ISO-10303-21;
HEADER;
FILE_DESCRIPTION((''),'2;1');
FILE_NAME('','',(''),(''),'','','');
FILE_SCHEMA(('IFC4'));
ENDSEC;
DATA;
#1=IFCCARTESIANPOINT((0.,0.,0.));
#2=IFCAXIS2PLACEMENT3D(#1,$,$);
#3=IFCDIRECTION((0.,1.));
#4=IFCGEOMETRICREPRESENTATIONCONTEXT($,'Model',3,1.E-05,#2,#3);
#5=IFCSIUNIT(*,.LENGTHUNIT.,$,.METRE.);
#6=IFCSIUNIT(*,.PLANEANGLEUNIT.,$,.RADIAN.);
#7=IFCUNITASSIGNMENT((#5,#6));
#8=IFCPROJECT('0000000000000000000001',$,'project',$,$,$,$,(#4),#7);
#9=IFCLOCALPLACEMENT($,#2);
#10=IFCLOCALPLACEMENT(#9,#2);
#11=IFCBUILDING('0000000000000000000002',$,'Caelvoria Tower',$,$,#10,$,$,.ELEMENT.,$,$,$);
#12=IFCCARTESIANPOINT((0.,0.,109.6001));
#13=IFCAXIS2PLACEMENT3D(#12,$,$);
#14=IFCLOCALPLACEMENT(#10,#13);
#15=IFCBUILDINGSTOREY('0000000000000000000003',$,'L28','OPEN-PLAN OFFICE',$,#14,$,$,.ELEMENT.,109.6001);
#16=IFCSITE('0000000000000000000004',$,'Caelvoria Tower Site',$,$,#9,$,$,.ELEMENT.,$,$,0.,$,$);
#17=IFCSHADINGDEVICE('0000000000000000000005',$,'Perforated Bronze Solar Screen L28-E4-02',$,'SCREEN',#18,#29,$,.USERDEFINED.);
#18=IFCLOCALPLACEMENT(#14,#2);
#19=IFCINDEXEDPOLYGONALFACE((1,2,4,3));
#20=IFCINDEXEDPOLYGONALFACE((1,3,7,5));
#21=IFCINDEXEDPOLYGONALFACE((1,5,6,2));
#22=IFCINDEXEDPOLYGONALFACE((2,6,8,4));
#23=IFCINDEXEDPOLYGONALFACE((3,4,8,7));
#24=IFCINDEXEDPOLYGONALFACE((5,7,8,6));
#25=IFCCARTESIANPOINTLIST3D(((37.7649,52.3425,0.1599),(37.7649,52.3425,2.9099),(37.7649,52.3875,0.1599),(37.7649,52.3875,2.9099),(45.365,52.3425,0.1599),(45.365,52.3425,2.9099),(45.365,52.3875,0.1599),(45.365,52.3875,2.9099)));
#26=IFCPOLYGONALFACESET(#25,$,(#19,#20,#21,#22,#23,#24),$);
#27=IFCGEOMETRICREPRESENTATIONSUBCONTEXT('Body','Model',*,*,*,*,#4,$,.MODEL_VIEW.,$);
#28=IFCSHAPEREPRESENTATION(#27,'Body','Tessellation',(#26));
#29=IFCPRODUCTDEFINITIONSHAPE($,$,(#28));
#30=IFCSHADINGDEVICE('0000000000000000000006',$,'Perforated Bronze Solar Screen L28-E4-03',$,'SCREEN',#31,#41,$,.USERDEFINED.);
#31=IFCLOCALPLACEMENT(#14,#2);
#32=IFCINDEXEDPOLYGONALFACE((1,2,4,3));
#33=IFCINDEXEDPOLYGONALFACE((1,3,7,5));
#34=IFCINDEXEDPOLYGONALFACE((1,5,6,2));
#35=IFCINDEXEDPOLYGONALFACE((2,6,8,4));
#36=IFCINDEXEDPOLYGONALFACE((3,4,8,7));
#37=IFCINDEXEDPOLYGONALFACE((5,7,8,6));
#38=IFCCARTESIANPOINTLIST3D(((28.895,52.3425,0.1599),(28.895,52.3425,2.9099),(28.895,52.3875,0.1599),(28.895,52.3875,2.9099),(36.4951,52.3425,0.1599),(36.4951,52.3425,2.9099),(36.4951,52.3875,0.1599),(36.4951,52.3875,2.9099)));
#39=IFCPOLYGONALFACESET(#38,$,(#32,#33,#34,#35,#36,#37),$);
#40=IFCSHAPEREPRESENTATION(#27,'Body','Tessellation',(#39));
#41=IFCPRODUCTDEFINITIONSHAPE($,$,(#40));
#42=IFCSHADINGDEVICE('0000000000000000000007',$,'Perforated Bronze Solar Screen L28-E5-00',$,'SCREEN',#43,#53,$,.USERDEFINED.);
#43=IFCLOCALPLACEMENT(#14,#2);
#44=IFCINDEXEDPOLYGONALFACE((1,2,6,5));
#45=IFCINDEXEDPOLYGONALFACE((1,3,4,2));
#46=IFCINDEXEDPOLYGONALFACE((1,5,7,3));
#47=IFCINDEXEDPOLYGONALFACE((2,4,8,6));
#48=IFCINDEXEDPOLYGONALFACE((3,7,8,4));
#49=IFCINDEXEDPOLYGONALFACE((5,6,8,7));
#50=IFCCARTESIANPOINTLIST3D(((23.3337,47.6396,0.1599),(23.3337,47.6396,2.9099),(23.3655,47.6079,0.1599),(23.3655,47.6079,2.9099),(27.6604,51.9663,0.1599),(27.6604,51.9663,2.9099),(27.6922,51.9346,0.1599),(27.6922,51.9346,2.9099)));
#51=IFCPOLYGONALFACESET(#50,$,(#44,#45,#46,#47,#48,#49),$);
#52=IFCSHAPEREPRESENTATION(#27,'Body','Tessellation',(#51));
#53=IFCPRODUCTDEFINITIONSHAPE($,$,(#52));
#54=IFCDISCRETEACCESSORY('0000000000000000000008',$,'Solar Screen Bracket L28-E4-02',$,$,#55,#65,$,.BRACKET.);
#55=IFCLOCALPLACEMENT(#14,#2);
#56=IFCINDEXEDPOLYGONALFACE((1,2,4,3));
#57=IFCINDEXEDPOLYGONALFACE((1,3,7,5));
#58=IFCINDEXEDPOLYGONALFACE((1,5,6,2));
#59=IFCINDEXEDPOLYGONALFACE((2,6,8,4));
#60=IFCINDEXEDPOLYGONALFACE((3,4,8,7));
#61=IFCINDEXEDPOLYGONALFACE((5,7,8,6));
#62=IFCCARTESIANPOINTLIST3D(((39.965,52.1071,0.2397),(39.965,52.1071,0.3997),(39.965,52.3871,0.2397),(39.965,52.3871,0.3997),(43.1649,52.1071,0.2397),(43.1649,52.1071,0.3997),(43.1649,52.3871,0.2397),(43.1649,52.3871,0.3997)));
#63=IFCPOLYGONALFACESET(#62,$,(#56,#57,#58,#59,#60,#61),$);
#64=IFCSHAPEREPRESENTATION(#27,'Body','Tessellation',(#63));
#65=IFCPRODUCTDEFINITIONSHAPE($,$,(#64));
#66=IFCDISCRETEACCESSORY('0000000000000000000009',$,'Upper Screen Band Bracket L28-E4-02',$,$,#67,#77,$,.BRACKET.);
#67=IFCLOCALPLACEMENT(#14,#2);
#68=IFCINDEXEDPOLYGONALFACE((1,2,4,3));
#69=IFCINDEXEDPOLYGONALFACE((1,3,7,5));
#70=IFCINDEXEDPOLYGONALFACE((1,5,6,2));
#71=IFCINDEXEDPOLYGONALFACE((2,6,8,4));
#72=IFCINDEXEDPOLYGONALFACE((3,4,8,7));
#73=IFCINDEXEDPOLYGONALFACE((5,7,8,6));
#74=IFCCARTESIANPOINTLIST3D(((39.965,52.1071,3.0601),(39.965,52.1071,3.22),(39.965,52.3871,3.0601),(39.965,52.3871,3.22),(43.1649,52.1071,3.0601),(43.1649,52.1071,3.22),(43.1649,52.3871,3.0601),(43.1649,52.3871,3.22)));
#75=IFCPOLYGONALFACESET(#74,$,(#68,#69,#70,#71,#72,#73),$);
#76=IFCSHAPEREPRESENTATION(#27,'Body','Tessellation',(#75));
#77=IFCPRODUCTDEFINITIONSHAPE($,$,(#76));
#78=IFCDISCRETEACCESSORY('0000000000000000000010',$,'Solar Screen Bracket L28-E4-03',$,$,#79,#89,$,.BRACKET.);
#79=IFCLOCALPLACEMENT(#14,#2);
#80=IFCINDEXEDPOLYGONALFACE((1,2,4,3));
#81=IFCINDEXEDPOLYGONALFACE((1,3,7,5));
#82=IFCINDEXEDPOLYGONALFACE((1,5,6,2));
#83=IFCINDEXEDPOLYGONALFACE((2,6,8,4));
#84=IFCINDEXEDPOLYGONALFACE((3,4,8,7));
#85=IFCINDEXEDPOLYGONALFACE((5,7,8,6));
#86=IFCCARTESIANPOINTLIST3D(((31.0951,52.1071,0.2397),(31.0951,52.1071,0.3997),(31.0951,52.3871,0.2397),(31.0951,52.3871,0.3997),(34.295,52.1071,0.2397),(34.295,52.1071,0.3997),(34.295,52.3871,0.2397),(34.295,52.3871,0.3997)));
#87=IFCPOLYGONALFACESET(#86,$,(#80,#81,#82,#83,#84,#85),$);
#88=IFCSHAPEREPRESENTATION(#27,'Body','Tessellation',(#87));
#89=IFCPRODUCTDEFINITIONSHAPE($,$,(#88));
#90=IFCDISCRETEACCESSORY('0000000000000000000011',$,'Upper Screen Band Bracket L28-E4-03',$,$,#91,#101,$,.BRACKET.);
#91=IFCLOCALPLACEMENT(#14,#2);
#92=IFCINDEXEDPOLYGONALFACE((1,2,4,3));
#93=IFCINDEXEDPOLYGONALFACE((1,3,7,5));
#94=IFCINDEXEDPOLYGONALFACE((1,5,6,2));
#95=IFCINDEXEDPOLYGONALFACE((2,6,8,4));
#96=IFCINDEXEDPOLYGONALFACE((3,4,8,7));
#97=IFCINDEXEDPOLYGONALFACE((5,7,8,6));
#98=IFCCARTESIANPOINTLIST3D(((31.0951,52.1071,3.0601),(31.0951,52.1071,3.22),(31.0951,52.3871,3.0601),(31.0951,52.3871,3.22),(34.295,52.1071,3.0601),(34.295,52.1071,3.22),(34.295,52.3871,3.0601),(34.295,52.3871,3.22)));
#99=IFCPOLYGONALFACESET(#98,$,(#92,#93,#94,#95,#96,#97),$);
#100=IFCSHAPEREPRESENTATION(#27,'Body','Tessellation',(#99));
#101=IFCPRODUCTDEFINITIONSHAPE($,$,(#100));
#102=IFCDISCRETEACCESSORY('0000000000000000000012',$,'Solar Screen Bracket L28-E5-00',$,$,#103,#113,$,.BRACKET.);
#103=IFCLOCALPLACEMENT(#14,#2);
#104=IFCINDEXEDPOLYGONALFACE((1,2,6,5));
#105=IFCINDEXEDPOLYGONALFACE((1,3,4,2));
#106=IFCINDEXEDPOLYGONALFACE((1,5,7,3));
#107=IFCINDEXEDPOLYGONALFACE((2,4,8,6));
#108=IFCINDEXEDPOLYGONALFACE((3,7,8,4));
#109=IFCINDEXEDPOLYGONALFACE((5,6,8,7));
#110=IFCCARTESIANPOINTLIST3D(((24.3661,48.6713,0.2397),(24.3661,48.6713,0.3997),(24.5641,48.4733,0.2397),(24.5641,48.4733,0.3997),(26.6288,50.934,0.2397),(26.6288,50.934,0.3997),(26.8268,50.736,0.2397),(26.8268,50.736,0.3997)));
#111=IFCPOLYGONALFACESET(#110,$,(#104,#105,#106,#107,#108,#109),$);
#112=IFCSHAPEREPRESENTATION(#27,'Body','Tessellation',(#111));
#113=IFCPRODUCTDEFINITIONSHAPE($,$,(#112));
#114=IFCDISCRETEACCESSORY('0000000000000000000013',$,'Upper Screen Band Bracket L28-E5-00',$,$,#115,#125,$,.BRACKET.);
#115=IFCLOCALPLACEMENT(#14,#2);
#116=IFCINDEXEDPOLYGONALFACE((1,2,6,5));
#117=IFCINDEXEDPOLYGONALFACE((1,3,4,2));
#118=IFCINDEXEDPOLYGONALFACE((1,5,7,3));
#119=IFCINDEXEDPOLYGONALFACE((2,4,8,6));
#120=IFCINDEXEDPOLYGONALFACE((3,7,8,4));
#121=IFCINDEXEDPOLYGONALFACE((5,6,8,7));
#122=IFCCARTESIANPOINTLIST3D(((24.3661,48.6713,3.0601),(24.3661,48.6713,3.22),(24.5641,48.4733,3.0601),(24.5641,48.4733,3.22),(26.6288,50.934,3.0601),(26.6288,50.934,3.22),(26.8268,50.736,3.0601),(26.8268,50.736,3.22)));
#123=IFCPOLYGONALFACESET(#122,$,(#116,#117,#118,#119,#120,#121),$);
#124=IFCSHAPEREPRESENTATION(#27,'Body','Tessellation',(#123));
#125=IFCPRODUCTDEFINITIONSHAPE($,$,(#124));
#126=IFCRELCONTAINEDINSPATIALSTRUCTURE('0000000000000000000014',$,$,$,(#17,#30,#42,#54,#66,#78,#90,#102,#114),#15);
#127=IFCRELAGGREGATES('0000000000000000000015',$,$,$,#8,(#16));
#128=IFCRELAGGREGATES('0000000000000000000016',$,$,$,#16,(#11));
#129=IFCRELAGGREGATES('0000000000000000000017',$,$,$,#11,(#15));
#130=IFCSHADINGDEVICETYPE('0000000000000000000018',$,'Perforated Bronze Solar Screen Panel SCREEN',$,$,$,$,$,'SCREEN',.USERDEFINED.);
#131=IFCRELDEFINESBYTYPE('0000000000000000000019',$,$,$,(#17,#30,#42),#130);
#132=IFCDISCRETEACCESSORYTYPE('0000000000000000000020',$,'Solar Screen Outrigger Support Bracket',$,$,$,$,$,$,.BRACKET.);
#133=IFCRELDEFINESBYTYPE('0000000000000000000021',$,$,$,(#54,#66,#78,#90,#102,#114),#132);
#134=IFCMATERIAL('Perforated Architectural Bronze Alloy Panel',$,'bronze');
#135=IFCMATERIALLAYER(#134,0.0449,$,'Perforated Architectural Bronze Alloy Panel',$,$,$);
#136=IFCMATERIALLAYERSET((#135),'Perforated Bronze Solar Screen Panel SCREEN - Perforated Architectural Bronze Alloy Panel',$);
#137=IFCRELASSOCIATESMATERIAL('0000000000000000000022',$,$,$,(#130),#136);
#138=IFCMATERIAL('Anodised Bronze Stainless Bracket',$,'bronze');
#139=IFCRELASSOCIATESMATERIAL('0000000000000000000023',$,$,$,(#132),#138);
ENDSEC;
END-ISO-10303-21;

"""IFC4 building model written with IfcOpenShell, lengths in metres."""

from ifc_helpers import new_model, si_unit, direction, frame, origin, origin_2d, place, context, subcontext, project, spatial, rectangle, extrude, material, layer, layer_set, type_object, element, save


model = new_model("IFC4")

# Units and contexts
model_context = context("Model", 3, precision=1e-05, world=origin(), true_north=direction((0.0, 1.0)))
body_context = subcontext(model_context, "Body", "Model", "MODEL_VIEW")
ifc_project = project(units=[si_unit("LENGTHUNIT", "METRE"), si_unit("PLANEANGLEUNIT", "RADIAN")], contexts=[model_context])

# Site, building, storey
site_placement = place(None, origin())
site = spatial("IfcSite", under=ifc_project, at=site_placement, Name="Caelvoria Tower Site", CompositionType="ELEMENT", RefElevation=0.0)
building_placement = place(site_placement, origin())
building = spatial("IfcBuilding", under=site, at=building_placement, Name="Caelvoria Tower", CompositionType="ELEMENT")
storey_placement = place(building_placement, frame((0.0, 0.0, 109.6001)))
storey = spatial("IfcBuildingStorey", under=building, at=storey_placement, Name="L28", Description="OPEN-PLAN OFFICE", CompositionType="ELEMENT", Elevation=109.6001)

# Shading devices
ifc_material_1 = material(Name="Perforated Architectural Bronze Alloy Panel", Category="bronze")
ifc_layer_1 = layer(ifc_material_1, 0.0449, Name="Perforated Architectural Bronze Alloy Panel")
ifc_layer_set_1 = layer_set([ifc_layer_1], Name="Perforated Bronze Solar Screen Panel SCREEN - Perforated Architectural Bronze Alloy Panel")
shading_device_type = type_object("IfcShadingDeviceType", Name="Perforated Bronze Solar Screen Panel SCREEN", ElementType="SCREEN", PredefinedType="USERDEFINED", material=ifc_layer_set_1)
for number, where, z_axis, x_axis, name in (
    (1, (41.5649, 52.365, 0.1599), (0.0, 0.0, 1.0), (-1.0, 0.0, 0.0), "Perforated Bronze Solar Screen L28-E4-02"),
    (2, (32.6951, 52.365, 0.1599), (0.0, 0.0, 1.0), (-1.0, 0.0, 0.0), "Perforated Bronze Solar Screen L28-E4-03"),
):
    element("IfcShadingDevice", number, at=place(storey_placement, frame(where, z_axis=z_axis, x_axis=x_axis)), inside=storey, type_object=shading_device_type, Name=name, ObjectType="SCREEN", PredefinedType="USERDEFINED", context=body_context, shape_type="SweptSolid", body=[
        extrude(rectangle(XDim=7.6001, YDim=0.0449, at=origin_2d()), origin(), (0.0, 0.0, 1.0), 2.75),
    ])
shading_device_placement = place(storey_placement, frame((25.5129, 49.7871, 0.1599), z_axis=(0.0, 0.0, 1.0), x_axis=(-0.707107, -0.707107, 0.0)))
element("IfcShadingDevice", 3, at=shading_device_placement, inside=storey, type_object=shading_device_type, Name="Perforated Bronze Solar Screen L28-E5-00", ObjectType="SCREEN", PredefinedType="USERDEFINED", context=body_context, shape_type="SweptSolid", body=[
    extrude(rectangle(XDim=6.1189, YDim=0.0449, at=origin_2d()), origin(), (0.0, 0.0, 1.0), 2.75),
])

# Discrete accessories
ifc_material_2 = material(Name="Anodised Bronze Stainless Bracket", Category="bronze")
discrete_accessory_type = type_object("IfcDiscreteAccessoryType", Name="Solar Screen Outrigger Support Bracket", PredefinedType="BRACKET", material=ifc_material_2)
for number, where, z_axis, x_axis, name in (
    (4, (41.5649, 52.2471, 0.2397), (0.0, 0.0, 1.0), (-1.0, 0.0, 0.0), "Solar Screen Bracket L28-E4-02"),
    (5, (41.5649, 52.2471, 3.0601), (0.0, 0.0, 1.0), (-1.0, 0.0, 0.0), "Upper Screen Band Bracket L28-E4-02"),
    (6, (32.6951, 52.2471, 0.2397), (0.0, 0.0, 1.0), (-1.0, 0.0, 0.0), "Solar Screen Bracket L28-E4-03"),
    (7, (32.6951, 52.2471, 3.0601), (0.0, 0.0, 1.0), (-1.0, 0.0, 0.0), "Upper Screen Band Bracket L28-E4-03"),
    (8, (25.5964, 49.7036, 0.2397), (0.0, 0.0, 1.0), (-0.707107, -0.707107, 0.0), "Solar Screen Bracket L28-E5-00"),
    (9, (25.5964, 49.7036, 3.0601), (0.0, 0.0, 1.0), (-0.707107, -0.707107, 0.0), "Upper Screen Band Bracket L28-E5-00"),
):
    element("IfcDiscreteAccessory", number, at=place(storey_placement, frame(where, z_axis=z_axis, x_axis=x_axis)), inside=storey, type_object=discrete_accessory_type, Name=name, PredefinedType="BRACKET", context=body_context, shape_type="SweptSolid", body=[
        extrude(rectangle(XDim=3.2, YDim=0.28, at=origin_2d()), origin(), (0.0, 0.0, 1.0), 0.1599),
    ])

save(model, "model.ifc")
